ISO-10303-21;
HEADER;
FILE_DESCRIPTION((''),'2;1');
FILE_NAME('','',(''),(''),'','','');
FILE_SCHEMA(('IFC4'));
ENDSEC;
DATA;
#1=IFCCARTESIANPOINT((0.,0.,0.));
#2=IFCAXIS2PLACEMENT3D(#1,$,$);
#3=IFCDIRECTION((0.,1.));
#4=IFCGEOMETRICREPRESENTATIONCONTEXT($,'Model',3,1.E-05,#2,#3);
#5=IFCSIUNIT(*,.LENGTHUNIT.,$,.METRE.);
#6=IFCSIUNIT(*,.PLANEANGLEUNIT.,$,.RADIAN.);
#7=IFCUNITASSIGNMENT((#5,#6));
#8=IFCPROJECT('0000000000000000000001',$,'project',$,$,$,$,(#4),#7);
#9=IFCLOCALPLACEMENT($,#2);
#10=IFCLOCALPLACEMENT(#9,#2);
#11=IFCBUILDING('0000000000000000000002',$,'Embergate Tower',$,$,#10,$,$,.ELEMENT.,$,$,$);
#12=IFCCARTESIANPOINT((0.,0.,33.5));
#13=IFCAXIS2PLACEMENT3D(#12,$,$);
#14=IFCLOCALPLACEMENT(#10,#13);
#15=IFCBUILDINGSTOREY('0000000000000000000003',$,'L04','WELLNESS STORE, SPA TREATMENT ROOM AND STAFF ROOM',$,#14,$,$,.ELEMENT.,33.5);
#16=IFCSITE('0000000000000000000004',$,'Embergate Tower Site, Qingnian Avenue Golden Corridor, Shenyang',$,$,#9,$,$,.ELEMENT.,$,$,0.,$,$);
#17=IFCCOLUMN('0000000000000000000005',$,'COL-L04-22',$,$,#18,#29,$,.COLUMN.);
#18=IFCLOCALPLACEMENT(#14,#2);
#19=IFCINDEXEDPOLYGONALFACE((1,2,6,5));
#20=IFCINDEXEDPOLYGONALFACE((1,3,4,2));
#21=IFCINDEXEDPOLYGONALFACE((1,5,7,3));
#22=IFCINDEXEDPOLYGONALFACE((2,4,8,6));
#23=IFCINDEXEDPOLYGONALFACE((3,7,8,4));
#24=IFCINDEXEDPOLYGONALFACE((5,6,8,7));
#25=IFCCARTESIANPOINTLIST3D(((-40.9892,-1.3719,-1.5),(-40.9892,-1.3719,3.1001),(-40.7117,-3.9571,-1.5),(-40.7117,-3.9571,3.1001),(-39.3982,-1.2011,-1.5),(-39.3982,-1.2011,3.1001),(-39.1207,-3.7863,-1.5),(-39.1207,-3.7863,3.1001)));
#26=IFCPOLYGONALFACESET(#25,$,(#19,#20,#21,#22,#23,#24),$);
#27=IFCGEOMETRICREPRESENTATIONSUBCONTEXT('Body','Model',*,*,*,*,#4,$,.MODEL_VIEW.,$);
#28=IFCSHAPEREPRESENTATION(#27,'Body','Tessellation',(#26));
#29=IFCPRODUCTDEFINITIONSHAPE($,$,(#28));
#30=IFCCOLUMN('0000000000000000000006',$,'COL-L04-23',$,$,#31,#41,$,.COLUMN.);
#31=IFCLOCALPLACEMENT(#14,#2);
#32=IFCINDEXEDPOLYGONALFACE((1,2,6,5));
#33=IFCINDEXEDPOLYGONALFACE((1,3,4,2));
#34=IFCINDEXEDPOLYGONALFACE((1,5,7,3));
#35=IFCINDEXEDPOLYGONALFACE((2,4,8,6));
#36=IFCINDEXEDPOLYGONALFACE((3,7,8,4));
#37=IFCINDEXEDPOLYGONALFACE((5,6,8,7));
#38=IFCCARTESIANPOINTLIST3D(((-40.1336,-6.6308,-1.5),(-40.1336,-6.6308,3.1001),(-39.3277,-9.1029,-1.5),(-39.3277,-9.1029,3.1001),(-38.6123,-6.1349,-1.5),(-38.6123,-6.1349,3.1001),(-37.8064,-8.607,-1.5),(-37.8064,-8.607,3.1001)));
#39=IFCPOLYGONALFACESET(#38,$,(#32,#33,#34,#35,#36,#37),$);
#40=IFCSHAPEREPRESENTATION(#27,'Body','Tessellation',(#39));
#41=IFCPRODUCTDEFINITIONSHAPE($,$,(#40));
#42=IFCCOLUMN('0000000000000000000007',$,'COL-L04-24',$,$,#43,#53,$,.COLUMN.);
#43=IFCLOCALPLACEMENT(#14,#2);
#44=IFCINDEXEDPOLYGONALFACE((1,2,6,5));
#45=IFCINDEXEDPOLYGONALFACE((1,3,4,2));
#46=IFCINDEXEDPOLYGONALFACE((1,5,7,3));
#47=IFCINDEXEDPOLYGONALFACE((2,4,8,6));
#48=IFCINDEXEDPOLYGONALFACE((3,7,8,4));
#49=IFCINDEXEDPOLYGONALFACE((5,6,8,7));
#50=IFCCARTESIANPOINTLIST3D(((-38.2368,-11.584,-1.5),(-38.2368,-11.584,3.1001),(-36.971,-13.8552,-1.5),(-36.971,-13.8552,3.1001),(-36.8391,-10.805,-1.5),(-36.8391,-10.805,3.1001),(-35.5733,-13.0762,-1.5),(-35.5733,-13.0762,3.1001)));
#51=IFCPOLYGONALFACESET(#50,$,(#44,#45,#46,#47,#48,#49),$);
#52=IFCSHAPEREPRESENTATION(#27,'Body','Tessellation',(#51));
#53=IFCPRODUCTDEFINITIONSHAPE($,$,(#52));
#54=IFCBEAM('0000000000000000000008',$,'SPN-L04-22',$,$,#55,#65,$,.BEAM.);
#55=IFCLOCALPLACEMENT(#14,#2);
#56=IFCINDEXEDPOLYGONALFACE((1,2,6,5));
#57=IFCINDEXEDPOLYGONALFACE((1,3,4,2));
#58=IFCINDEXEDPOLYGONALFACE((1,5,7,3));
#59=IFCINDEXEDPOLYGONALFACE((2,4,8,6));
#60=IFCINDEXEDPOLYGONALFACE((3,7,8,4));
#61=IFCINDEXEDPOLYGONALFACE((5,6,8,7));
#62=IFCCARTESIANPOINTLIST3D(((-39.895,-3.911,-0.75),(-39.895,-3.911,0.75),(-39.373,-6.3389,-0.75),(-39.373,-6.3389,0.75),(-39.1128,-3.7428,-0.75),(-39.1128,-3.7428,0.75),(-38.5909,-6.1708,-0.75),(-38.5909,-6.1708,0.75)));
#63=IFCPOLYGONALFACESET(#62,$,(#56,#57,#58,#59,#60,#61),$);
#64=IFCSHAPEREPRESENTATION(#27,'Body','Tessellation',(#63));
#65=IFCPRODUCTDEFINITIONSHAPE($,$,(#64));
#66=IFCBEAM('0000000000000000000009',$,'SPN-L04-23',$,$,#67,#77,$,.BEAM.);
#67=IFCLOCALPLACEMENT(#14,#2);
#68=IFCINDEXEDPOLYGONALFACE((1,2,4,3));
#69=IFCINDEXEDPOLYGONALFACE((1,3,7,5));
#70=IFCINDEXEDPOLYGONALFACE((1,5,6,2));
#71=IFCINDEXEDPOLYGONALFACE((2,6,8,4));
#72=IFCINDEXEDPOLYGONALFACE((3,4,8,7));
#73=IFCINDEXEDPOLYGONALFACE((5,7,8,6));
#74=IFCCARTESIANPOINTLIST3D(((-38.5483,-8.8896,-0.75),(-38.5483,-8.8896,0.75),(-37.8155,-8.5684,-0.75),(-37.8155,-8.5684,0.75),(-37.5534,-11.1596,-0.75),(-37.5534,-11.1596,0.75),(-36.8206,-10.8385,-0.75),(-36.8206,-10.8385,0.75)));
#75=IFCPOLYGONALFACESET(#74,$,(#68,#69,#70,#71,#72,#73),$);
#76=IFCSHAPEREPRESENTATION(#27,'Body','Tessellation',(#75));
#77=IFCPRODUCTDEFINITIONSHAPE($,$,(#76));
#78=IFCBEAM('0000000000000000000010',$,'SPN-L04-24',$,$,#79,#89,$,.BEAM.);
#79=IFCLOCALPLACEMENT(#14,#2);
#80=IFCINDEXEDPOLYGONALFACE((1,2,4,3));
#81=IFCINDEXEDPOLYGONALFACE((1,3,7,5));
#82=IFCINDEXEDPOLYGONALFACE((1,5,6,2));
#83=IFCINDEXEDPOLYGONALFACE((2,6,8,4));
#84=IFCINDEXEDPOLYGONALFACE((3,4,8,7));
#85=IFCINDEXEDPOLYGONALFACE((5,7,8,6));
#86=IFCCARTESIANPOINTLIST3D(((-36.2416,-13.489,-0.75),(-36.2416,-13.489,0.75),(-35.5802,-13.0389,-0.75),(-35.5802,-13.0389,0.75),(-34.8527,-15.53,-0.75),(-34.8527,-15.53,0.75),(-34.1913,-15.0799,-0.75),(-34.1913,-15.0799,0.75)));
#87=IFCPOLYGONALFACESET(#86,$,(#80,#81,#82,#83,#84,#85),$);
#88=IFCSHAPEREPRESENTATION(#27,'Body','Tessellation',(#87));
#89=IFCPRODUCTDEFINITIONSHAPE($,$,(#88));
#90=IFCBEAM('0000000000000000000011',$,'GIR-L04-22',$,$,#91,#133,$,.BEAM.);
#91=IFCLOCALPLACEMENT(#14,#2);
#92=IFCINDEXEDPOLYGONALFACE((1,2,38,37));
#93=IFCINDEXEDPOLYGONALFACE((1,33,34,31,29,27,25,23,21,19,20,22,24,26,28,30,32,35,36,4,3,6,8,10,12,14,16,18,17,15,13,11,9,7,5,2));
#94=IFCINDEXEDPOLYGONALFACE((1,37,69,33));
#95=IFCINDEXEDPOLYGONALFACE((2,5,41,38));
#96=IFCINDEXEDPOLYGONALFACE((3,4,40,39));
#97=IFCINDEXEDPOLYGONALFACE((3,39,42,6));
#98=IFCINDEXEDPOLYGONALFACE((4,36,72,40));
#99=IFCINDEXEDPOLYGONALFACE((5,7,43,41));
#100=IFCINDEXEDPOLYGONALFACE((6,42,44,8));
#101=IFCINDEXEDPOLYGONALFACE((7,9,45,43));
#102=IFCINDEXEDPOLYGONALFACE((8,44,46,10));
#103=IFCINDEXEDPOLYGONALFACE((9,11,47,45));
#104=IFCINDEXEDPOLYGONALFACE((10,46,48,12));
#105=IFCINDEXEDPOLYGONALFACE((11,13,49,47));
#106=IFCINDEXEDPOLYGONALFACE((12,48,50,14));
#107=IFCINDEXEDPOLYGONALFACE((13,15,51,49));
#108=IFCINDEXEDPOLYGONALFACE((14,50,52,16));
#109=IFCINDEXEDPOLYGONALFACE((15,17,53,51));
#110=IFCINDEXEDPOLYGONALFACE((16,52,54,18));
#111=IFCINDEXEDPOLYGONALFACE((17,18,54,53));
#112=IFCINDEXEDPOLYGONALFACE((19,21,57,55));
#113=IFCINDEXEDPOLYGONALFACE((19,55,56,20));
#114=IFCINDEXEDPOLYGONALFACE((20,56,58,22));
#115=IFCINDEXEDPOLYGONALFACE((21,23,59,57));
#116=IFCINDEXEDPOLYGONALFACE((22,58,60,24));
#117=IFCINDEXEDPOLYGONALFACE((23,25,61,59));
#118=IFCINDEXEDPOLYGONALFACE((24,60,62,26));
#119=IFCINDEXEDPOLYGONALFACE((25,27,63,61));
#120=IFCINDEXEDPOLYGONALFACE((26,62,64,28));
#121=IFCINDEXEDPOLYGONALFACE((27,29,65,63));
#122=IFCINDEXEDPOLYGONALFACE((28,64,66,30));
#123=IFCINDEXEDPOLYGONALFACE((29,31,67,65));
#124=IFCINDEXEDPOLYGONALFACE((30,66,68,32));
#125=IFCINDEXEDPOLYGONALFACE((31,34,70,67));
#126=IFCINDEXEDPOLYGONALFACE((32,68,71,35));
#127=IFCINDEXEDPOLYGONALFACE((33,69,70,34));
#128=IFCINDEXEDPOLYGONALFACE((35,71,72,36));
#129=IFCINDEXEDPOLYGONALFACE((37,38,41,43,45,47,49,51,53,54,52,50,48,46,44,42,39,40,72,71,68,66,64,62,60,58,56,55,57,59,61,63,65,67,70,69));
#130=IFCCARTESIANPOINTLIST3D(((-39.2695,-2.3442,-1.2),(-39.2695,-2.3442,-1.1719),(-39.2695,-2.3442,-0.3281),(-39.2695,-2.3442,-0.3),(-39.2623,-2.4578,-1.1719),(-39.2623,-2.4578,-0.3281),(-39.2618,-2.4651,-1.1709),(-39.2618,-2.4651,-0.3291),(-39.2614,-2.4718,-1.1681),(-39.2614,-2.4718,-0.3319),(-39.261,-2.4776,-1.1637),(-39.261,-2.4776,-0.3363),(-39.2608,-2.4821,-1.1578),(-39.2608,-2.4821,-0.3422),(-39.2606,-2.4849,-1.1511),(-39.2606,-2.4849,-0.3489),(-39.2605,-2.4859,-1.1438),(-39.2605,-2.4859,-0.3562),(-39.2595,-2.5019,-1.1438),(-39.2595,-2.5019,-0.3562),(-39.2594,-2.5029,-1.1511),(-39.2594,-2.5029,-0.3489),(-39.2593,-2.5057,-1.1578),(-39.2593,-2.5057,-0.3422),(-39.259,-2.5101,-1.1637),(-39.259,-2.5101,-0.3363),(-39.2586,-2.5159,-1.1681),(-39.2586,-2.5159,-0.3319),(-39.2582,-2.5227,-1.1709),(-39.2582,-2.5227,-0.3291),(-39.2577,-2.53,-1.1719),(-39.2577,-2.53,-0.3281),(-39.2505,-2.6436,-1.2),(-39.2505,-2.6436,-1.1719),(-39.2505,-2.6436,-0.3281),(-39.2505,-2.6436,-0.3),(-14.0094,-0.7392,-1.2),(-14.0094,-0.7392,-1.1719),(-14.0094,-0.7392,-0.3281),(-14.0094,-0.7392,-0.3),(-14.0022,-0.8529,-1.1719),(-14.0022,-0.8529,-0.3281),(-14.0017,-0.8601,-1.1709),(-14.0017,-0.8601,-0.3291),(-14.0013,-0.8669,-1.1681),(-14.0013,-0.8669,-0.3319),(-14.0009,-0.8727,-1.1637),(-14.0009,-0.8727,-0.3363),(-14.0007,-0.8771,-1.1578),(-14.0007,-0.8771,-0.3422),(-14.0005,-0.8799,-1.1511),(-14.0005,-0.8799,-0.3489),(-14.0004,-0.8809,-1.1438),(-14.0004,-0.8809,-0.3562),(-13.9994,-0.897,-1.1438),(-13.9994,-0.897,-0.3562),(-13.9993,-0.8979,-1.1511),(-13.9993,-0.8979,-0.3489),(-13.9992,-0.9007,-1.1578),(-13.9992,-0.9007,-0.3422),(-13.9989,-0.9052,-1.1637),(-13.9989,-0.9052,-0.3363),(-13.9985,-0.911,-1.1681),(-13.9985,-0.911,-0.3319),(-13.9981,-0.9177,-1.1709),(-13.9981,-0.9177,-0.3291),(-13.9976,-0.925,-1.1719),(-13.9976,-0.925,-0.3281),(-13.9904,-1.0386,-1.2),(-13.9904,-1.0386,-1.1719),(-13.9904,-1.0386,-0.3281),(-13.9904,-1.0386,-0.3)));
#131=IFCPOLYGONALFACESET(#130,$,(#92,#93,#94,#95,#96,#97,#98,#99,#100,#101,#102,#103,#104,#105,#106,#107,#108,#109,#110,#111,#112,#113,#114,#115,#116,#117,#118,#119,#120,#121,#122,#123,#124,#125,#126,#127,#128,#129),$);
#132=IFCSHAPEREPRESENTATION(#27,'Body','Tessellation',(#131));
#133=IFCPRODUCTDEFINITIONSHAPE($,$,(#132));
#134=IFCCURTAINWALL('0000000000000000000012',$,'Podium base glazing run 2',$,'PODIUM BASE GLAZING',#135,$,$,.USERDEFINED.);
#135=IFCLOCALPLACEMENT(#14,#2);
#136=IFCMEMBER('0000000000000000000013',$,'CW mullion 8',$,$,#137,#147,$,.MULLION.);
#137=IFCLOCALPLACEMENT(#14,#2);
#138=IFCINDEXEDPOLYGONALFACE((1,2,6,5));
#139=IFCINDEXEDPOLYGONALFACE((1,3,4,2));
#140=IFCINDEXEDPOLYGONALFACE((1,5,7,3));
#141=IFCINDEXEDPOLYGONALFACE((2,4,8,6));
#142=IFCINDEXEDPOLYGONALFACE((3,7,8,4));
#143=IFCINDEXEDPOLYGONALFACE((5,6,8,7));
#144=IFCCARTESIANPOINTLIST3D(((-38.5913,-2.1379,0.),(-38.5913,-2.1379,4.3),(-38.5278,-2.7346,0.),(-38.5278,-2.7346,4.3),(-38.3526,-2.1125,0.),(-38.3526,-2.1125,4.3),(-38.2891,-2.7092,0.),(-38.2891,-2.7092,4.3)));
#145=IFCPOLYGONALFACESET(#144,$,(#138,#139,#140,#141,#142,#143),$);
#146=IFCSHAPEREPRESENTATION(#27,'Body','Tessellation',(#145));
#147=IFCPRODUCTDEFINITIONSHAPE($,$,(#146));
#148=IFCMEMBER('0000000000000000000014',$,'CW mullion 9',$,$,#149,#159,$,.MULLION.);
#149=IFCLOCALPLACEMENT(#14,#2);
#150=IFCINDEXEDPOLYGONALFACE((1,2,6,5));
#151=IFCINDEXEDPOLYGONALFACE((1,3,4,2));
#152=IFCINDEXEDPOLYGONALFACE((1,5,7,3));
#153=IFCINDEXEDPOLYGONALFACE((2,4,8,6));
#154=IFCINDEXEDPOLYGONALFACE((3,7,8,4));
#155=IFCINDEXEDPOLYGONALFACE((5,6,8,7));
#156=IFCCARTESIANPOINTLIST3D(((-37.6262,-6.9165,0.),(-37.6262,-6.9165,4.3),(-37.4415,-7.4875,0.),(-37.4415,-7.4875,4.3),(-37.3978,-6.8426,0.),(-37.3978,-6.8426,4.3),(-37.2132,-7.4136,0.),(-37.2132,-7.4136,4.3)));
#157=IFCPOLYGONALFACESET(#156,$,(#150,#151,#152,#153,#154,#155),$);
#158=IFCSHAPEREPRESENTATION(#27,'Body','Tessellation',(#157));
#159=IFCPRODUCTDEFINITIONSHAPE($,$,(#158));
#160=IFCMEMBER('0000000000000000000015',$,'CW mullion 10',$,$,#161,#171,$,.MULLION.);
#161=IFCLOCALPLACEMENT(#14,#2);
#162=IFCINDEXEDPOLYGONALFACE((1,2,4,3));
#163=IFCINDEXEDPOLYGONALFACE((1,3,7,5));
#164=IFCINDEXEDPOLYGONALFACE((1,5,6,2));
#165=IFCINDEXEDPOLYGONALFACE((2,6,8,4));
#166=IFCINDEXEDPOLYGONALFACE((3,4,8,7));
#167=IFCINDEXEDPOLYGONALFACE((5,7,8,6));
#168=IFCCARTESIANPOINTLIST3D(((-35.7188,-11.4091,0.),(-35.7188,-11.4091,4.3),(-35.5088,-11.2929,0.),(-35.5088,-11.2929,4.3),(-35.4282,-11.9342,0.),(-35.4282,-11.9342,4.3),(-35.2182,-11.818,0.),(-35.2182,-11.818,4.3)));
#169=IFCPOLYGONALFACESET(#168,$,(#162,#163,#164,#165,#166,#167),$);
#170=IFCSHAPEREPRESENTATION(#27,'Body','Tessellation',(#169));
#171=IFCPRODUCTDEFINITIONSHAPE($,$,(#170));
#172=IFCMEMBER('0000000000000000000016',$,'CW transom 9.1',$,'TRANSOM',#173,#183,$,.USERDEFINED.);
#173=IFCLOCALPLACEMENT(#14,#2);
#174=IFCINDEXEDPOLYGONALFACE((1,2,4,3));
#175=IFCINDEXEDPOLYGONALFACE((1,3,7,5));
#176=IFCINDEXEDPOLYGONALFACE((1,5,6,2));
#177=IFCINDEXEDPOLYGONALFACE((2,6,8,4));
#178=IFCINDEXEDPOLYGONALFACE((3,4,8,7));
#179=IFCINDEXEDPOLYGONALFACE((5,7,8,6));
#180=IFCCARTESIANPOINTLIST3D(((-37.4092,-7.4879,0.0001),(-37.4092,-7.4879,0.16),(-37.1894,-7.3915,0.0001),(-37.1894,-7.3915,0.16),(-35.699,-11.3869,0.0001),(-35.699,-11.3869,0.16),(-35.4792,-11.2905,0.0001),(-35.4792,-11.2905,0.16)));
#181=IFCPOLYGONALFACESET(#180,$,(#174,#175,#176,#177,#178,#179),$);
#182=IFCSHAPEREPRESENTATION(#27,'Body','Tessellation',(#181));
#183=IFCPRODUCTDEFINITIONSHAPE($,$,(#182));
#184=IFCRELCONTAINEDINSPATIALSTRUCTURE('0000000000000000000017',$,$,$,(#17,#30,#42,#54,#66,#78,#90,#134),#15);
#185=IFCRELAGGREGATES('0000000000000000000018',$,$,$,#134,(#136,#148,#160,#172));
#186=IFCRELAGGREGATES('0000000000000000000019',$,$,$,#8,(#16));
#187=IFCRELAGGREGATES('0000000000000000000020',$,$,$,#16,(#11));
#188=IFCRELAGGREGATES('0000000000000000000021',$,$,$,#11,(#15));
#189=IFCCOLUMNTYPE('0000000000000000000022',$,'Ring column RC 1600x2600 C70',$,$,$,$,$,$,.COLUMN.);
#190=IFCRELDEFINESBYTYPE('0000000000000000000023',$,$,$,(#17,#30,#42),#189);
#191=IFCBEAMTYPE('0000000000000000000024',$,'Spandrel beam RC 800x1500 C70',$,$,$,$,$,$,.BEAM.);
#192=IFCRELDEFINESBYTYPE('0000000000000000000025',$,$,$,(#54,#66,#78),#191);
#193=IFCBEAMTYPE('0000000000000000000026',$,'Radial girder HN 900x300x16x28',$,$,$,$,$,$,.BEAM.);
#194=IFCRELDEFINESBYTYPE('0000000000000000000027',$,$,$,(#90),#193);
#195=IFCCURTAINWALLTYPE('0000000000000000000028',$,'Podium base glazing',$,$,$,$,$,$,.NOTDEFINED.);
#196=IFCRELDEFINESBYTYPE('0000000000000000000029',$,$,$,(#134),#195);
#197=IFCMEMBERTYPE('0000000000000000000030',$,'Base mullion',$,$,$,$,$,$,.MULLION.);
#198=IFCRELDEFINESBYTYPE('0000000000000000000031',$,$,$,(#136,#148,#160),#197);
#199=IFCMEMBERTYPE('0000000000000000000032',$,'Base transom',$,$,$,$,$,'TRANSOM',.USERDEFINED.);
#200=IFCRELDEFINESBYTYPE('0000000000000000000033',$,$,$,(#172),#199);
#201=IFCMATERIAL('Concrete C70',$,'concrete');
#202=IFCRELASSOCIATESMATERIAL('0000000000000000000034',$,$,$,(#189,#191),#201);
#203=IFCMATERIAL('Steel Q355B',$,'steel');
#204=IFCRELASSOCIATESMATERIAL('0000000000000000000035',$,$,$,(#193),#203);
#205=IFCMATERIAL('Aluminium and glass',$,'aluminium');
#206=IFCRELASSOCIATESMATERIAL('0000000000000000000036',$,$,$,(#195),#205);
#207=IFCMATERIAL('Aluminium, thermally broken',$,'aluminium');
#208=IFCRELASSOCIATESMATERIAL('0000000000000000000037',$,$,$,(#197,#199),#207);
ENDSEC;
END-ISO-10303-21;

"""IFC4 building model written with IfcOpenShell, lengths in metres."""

from ifc_helpers import new_model, si_unit, direction, frame, origin, origin_2d, place, context, subcontext, project, spatial, rectangle, i_section, extrude, source, transform, mapped, material, material_profile, profile_set, type_object, element, aggregate, save


model = new_model("IFC4")

# Units and contexts
model_context = context("Model", 3, precision=1e-05, world=origin(), true_north=direction((0.0, 1.0)))
body_context = subcontext(model_context, "Body", "Model", "MODEL_VIEW")
ifc_project = project(units=[si_unit("LENGTHUNIT", "METRE"), si_unit("PLANEANGLEUNIT", "RADIAN")], contexts=[model_context])

# Site, building, storey
site_placement = place(None, origin())
site = spatial("IfcSite", under=ifc_project, at=site_placement, Name="Embergate Tower Site, Qingnian Avenue Golden Corridor, Shenyang", CompositionType="ELEMENT", RefElevation=0.0)
building_placement = place(site_placement, origin())
building = spatial("IfcBuilding", under=site, at=building_placement, Name="Embergate Tower", CompositionType="ELEMENT")
storey_placement = place(building_placement, frame((0.0, 0.0, 33.5)))
storey = spatial("IfcBuildingStorey", under=building, at=storey_placement, Name="L04", Description="WELLNESS STORE, SPA TREATMENT ROOM AND STAFF ROOM", CompositionType="ELEMENT", Elevation=33.5)

# Columns
ifc_material_1 = material(Name="Concrete C70", Category="concrete")
ifc_material_profile_1 = material_profile(ifc_material_1, rectangle(XDim=1.6001, YDim=2.6001, at=origin_2d()), Name="RC 1600x2600")
ifc_profile_set_1 = profile_set([ifc_material_profile_1], Name="Concrete C70")
column_type = type_object("IfcColumnType", Name="Ring column RC 1600x2600 C70", PredefinedType="COLUMN", material=ifc_profile_set_1)
shared_shape_1 = source(origin(), body_context, "Body", "SweptSolid", [
    extrude(rectangle(XDim=1.6001, YDim=2.6001, at=origin_2d()), origin(), (0.0, 0.0, 1.0), 4.6001),
])
for number, where, z_axis, x_axis, name in (
    (1, (-40.0549, -2.5791, -1.5), (0.0, 0.0, 1.0), (-0.994288, -0.106733, 0.0), "COL-L04-22"),
    (2, (-38.97, -7.6189, -1.5), (0.0, 0.0, 1.0), (-0.950754, -0.309946, 0.0), "COL-L04-23"),
    (3, (-36.905, -12.3301, -1.5), (0.0, 0.0, 1.0), (-0.8735, -0.486823, 0.0), "COL-L04-24"),
):
    element("IfcColumn", number, at=place(storey_placement, frame(where, z_axis=z_axis, x_axis=x_axis)), inside=storey, type_object=column_type, Name=name, PredefinedType="COLUMN", context=body_context, shape_type="MappedRepresentation", body=[
        mapped(shared_shape_1, transform((0.0, 0.0, 0.0))),
    ])

# Beams
ifc_material_profile_2 = material_profile(ifc_material_1, rectangle(XDim=0.8, YDim=1.5, at=origin_2d()), Name="RC 800x1500")
ifc_profile_set_2 = profile_set([ifc_material_profile_2], Name="Concrete C70")
beam_type_1 = type_object("IfcBeamType", Name="Spandrel beam RC 800x1500 C70", PredefinedType="BEAM", material=ifc_profile_set_2)
shared_shape_2 = source(origin(), body_context, "Body", "SweptSolid", [
    extrude(rectangle(XDim=0.8, YDim=1.5, at=origin_2d()), origin(), (0.0, 0.0, 1.0), 2.4834),
])
beam_1_placement = place(storey_placement, frame((-39.5039, -3.8269, 0.0), z_axis=(0.21018, -0.977663, 0.0), x_axis=(0.977663, 0.21018, 0.0)))
element("IfcBeam", 4, at=beam_1_placement, inside=storey, type_object=beam_type_1, Name="SPN-L04-22", PredefinedType="BEAM", context=body_context, shape_type="MappedRepresentation", body=[
    mapped(shared_shape_2, transform((0.0, 0.0, 0.0))),
])
shared_shape_3 = source(origin(), body_context, "Body", "SweptSolid", [
    extrude(rectangle(XDim=0.8, YDim=1.5, at=origin_2d()), origin(), (0.0, 0.0, 1.0), 2.4785),
])
beam_2_placement = place(storey_placement, frame((-38.1819, -8.729, 0.0), z_axis=(0.401408, -0.915899, 0.0), x_axis=(0.915899, 0.401408, 0.0)))
element("IfcBeam", 5, at=beam_2_placement, inside=storey, type_object=beam_type_1, Name="SPN-L04-23", PredefinedType="BEAM", context=body_context, shape_type="MappedRepresentation", body=[
    mapped(shared_shape_3, transform((0.0, 0.0, 0.0))),
])
shared_shape_4 = source(origin(), body_context, "Body", "SweptSolid", [
    extrude(rectangle(XDim=0.8, YDim=1.5, at=origin_2d()), origin(), (0.0, 0.0, 1.0), 2.4688),
])
beam_3_placement = place(storey_placement, frame((-35.9109, -13.2639, 0.0), z_axis=(0.562594, -0.826733, 0.0), x_axis=(0.826733, 0.562594, 0.0)))
element("IfcBeam", 6, at=beam_3_placement, inside=storey, type_object=beam_type_1, Name="SPN-L04-24", PredefinedType="BEAM", context=body_context, shape_type="MappedRepresentation", body=[
    mapped(shared_shape_4, transform((0.0, 0.0, 0.0))),
])
ifc_material_2 = material(Name="Steel Q355B", Category="steel")
ifc_material_profile_3 = material_profile(ifc_material_2, i_section(OverallWidth=0.3, OverallDepth=0.8999, WebThickness=0.0161, FlangeThickness=0.0281, FilletRadius=0.0281, at=origin_2d()), Name="HN 900x300x16x28")
ifc_profile_set_3 = profile_set([ifc_material_profile_3], Name="Steel Q355 grade B")
beam_type_2 = type_object("IfcBeamType", Name="Radial girder HN 900x300x16x28", PredefinedType="BEAM", material=ifc_profile_set_3)
shared_shape_5 = source(origin(), body_context, "Body", "SweptSolid", [
    extrude(i_section(OverallWidth=0.3, OverallDepth=0.8999, WebThickness=0.0161, FlangeThickness=0.0281, FilletRadius=0.0281, at=origin_2d()), origin(), (0.0, 0.0, 1.0), 25.311),
])
beam_4_placement = place(storey_placement, frame((-39.26, -2.4939, -0.75), z_axis=(0.997988, 0.063411, 0.0), x_axis=(-0.063411, 0.997988, 0.0)))
element("IfcBeam", 7, at=beam_4_placement, inside=storey, type_object=beam_type_2, Name="GIR-L04-22", PredefinedType="BEAM", context=body_context, shape_type="MappedRepresentation", body=[
    mapped(shared_shape_5, transform((0.0, 0.0, 0.0))),
])

# Curtain wall, members
ifc_material_3 = material(Name="Aluminium and glass", Category="aluminium")
curtain_wall_type = type_object("IfcCurtainWallType", Name="Podium base glazing", PredefinedType="NOTDEFINED", material=ifc_material_3)
curtain_wall_placement = place(storey_placement, origin())
curtain_wall = element("IfcCurtainWall", 8, at=curtain_wall_placement, inside=storey, type_object=curtain_wall_type, Name="Podium base glazing run 2", ObjectType="PODIUM BASE GLAZING", PredefinedType="USERDEFINED")
ifc_material_4 = material(Name="Aluminium, thermally broken", Category="aluminium")
ifc_material_profile_4 = material_profile(ifc_material_4, rectangle(XDim=0.24, YDim=0.6001, at=origin_2d()), Name="AL 600x240")
ifc_profile_set_4 = profile_set([ifc_material_profile_4], Name="Aluminium, thermally broken")
member_type_1 = type_object("IfcMemberType", Name="Base mullion", PredefinedType="MULLION", material=ifc_profile_set_4)
shared_shape_6 = source(origin(), body_context, "Body", "SweptSolid", [
    extrude(rectangle(XDim=0.24, YDim=0.6001, at=origin_2d()), origin(), (0.0, 0.0, 1.0), 4.3),
])
member_1_placement = place(storey_placement, frame((-38.4402, -2.4236, 0.0), z_axis=(0.0, 0.0, 1.0), x_axis=(0.994385, 0.105825, 0.0)))
member_1 = element("IfcMember", 9, at=member_1_placement, type_object=member_type_1, Name="CW mullion 8", PredefinedType="MULLION", context=body_context, shape_type="MappedRepresentation", body=[
    mapped(shared_shape_6, transform((0.0, 0.0, 0.0))),
])
member_2_placement = place(storey_placement, frame((-37.4197, -7.165, 0.0), z_axis=(0.0, 0.0, 1.0), x_axis=(0.951497, 0.307659, 0.0)))
member_2 = element("IfcMember", 10, at=member_2_placement, type_object=member_type_1, Name="CW mullion 9", PredefinedType="MULLION", context=body_context, shape_type="MappedRepresentation", body=[
    mapped(shared_shape_6, transform((0.0, 0.0, 0.0))),
])
member_3_placement = place(storey_placement, frame((-35.4685, -11.6135, 0.0), z_axis=(0.0, 0.0, 1.0), x_axis=(0.874999, 0.484124, 0.0)))
member_3 = element("IfcMember", 11, at=member_3_placement, type_object=member_type_1, Name="CW mullion 10", PredefinedType="MULLION", context=body_context, shape_type="MappedRepresentation", body=[
    mapped(shared_shape_6, transform((0.0, 0.0, 0.0))),
])
ifc_material_profile_5 = material_profile(ifc_material_4, rectangle(XDim=0.24, YDim=0.1599, at=origin_2d()), Name="AL 160x240")
ifc_profile_set_5 = profile_set([ifc_material_profile_5], Name="Aluminium, thermally broken")
member_type_2 = type_object("IfcMemberType", Name="Base transom", ElementType="TRANSOM", PredefinedType="USERDEFINED", material=ifc_profile_set_5)
shared_shape_7 = source(origin(), body_context, "Body", "SweptSolid", [
    extrude(rectangle(XDim=0.24, YDim=0.1599, at=origin_2d()), origin(), (0.0, 0.0, 1.0), 4.2576),
])
member_4_placement = place(storey_placement, frame((-37.2993, -7.4397, 0.0801), z_axis=(0.401691, -0.915775, 0.0), x_axis=(0.915775, 0.401691, 0.0)))
member_4 = element("IfcMember", 12, at=member_4_placement, type_object=member_type_2, Name="CW transom 9.1", ObjectType="TRANSOM", PredefinedType="USERDEFINED", context=body_context, shape_type="MappedRepresentation", body=[
    mapped(shared_shape_7, transform((0.0, 0.0, 0.0))),
])
aggregate(curtain_wall, [member_1, member_2, member_3, member_4])

save(model, "model.ifc")
